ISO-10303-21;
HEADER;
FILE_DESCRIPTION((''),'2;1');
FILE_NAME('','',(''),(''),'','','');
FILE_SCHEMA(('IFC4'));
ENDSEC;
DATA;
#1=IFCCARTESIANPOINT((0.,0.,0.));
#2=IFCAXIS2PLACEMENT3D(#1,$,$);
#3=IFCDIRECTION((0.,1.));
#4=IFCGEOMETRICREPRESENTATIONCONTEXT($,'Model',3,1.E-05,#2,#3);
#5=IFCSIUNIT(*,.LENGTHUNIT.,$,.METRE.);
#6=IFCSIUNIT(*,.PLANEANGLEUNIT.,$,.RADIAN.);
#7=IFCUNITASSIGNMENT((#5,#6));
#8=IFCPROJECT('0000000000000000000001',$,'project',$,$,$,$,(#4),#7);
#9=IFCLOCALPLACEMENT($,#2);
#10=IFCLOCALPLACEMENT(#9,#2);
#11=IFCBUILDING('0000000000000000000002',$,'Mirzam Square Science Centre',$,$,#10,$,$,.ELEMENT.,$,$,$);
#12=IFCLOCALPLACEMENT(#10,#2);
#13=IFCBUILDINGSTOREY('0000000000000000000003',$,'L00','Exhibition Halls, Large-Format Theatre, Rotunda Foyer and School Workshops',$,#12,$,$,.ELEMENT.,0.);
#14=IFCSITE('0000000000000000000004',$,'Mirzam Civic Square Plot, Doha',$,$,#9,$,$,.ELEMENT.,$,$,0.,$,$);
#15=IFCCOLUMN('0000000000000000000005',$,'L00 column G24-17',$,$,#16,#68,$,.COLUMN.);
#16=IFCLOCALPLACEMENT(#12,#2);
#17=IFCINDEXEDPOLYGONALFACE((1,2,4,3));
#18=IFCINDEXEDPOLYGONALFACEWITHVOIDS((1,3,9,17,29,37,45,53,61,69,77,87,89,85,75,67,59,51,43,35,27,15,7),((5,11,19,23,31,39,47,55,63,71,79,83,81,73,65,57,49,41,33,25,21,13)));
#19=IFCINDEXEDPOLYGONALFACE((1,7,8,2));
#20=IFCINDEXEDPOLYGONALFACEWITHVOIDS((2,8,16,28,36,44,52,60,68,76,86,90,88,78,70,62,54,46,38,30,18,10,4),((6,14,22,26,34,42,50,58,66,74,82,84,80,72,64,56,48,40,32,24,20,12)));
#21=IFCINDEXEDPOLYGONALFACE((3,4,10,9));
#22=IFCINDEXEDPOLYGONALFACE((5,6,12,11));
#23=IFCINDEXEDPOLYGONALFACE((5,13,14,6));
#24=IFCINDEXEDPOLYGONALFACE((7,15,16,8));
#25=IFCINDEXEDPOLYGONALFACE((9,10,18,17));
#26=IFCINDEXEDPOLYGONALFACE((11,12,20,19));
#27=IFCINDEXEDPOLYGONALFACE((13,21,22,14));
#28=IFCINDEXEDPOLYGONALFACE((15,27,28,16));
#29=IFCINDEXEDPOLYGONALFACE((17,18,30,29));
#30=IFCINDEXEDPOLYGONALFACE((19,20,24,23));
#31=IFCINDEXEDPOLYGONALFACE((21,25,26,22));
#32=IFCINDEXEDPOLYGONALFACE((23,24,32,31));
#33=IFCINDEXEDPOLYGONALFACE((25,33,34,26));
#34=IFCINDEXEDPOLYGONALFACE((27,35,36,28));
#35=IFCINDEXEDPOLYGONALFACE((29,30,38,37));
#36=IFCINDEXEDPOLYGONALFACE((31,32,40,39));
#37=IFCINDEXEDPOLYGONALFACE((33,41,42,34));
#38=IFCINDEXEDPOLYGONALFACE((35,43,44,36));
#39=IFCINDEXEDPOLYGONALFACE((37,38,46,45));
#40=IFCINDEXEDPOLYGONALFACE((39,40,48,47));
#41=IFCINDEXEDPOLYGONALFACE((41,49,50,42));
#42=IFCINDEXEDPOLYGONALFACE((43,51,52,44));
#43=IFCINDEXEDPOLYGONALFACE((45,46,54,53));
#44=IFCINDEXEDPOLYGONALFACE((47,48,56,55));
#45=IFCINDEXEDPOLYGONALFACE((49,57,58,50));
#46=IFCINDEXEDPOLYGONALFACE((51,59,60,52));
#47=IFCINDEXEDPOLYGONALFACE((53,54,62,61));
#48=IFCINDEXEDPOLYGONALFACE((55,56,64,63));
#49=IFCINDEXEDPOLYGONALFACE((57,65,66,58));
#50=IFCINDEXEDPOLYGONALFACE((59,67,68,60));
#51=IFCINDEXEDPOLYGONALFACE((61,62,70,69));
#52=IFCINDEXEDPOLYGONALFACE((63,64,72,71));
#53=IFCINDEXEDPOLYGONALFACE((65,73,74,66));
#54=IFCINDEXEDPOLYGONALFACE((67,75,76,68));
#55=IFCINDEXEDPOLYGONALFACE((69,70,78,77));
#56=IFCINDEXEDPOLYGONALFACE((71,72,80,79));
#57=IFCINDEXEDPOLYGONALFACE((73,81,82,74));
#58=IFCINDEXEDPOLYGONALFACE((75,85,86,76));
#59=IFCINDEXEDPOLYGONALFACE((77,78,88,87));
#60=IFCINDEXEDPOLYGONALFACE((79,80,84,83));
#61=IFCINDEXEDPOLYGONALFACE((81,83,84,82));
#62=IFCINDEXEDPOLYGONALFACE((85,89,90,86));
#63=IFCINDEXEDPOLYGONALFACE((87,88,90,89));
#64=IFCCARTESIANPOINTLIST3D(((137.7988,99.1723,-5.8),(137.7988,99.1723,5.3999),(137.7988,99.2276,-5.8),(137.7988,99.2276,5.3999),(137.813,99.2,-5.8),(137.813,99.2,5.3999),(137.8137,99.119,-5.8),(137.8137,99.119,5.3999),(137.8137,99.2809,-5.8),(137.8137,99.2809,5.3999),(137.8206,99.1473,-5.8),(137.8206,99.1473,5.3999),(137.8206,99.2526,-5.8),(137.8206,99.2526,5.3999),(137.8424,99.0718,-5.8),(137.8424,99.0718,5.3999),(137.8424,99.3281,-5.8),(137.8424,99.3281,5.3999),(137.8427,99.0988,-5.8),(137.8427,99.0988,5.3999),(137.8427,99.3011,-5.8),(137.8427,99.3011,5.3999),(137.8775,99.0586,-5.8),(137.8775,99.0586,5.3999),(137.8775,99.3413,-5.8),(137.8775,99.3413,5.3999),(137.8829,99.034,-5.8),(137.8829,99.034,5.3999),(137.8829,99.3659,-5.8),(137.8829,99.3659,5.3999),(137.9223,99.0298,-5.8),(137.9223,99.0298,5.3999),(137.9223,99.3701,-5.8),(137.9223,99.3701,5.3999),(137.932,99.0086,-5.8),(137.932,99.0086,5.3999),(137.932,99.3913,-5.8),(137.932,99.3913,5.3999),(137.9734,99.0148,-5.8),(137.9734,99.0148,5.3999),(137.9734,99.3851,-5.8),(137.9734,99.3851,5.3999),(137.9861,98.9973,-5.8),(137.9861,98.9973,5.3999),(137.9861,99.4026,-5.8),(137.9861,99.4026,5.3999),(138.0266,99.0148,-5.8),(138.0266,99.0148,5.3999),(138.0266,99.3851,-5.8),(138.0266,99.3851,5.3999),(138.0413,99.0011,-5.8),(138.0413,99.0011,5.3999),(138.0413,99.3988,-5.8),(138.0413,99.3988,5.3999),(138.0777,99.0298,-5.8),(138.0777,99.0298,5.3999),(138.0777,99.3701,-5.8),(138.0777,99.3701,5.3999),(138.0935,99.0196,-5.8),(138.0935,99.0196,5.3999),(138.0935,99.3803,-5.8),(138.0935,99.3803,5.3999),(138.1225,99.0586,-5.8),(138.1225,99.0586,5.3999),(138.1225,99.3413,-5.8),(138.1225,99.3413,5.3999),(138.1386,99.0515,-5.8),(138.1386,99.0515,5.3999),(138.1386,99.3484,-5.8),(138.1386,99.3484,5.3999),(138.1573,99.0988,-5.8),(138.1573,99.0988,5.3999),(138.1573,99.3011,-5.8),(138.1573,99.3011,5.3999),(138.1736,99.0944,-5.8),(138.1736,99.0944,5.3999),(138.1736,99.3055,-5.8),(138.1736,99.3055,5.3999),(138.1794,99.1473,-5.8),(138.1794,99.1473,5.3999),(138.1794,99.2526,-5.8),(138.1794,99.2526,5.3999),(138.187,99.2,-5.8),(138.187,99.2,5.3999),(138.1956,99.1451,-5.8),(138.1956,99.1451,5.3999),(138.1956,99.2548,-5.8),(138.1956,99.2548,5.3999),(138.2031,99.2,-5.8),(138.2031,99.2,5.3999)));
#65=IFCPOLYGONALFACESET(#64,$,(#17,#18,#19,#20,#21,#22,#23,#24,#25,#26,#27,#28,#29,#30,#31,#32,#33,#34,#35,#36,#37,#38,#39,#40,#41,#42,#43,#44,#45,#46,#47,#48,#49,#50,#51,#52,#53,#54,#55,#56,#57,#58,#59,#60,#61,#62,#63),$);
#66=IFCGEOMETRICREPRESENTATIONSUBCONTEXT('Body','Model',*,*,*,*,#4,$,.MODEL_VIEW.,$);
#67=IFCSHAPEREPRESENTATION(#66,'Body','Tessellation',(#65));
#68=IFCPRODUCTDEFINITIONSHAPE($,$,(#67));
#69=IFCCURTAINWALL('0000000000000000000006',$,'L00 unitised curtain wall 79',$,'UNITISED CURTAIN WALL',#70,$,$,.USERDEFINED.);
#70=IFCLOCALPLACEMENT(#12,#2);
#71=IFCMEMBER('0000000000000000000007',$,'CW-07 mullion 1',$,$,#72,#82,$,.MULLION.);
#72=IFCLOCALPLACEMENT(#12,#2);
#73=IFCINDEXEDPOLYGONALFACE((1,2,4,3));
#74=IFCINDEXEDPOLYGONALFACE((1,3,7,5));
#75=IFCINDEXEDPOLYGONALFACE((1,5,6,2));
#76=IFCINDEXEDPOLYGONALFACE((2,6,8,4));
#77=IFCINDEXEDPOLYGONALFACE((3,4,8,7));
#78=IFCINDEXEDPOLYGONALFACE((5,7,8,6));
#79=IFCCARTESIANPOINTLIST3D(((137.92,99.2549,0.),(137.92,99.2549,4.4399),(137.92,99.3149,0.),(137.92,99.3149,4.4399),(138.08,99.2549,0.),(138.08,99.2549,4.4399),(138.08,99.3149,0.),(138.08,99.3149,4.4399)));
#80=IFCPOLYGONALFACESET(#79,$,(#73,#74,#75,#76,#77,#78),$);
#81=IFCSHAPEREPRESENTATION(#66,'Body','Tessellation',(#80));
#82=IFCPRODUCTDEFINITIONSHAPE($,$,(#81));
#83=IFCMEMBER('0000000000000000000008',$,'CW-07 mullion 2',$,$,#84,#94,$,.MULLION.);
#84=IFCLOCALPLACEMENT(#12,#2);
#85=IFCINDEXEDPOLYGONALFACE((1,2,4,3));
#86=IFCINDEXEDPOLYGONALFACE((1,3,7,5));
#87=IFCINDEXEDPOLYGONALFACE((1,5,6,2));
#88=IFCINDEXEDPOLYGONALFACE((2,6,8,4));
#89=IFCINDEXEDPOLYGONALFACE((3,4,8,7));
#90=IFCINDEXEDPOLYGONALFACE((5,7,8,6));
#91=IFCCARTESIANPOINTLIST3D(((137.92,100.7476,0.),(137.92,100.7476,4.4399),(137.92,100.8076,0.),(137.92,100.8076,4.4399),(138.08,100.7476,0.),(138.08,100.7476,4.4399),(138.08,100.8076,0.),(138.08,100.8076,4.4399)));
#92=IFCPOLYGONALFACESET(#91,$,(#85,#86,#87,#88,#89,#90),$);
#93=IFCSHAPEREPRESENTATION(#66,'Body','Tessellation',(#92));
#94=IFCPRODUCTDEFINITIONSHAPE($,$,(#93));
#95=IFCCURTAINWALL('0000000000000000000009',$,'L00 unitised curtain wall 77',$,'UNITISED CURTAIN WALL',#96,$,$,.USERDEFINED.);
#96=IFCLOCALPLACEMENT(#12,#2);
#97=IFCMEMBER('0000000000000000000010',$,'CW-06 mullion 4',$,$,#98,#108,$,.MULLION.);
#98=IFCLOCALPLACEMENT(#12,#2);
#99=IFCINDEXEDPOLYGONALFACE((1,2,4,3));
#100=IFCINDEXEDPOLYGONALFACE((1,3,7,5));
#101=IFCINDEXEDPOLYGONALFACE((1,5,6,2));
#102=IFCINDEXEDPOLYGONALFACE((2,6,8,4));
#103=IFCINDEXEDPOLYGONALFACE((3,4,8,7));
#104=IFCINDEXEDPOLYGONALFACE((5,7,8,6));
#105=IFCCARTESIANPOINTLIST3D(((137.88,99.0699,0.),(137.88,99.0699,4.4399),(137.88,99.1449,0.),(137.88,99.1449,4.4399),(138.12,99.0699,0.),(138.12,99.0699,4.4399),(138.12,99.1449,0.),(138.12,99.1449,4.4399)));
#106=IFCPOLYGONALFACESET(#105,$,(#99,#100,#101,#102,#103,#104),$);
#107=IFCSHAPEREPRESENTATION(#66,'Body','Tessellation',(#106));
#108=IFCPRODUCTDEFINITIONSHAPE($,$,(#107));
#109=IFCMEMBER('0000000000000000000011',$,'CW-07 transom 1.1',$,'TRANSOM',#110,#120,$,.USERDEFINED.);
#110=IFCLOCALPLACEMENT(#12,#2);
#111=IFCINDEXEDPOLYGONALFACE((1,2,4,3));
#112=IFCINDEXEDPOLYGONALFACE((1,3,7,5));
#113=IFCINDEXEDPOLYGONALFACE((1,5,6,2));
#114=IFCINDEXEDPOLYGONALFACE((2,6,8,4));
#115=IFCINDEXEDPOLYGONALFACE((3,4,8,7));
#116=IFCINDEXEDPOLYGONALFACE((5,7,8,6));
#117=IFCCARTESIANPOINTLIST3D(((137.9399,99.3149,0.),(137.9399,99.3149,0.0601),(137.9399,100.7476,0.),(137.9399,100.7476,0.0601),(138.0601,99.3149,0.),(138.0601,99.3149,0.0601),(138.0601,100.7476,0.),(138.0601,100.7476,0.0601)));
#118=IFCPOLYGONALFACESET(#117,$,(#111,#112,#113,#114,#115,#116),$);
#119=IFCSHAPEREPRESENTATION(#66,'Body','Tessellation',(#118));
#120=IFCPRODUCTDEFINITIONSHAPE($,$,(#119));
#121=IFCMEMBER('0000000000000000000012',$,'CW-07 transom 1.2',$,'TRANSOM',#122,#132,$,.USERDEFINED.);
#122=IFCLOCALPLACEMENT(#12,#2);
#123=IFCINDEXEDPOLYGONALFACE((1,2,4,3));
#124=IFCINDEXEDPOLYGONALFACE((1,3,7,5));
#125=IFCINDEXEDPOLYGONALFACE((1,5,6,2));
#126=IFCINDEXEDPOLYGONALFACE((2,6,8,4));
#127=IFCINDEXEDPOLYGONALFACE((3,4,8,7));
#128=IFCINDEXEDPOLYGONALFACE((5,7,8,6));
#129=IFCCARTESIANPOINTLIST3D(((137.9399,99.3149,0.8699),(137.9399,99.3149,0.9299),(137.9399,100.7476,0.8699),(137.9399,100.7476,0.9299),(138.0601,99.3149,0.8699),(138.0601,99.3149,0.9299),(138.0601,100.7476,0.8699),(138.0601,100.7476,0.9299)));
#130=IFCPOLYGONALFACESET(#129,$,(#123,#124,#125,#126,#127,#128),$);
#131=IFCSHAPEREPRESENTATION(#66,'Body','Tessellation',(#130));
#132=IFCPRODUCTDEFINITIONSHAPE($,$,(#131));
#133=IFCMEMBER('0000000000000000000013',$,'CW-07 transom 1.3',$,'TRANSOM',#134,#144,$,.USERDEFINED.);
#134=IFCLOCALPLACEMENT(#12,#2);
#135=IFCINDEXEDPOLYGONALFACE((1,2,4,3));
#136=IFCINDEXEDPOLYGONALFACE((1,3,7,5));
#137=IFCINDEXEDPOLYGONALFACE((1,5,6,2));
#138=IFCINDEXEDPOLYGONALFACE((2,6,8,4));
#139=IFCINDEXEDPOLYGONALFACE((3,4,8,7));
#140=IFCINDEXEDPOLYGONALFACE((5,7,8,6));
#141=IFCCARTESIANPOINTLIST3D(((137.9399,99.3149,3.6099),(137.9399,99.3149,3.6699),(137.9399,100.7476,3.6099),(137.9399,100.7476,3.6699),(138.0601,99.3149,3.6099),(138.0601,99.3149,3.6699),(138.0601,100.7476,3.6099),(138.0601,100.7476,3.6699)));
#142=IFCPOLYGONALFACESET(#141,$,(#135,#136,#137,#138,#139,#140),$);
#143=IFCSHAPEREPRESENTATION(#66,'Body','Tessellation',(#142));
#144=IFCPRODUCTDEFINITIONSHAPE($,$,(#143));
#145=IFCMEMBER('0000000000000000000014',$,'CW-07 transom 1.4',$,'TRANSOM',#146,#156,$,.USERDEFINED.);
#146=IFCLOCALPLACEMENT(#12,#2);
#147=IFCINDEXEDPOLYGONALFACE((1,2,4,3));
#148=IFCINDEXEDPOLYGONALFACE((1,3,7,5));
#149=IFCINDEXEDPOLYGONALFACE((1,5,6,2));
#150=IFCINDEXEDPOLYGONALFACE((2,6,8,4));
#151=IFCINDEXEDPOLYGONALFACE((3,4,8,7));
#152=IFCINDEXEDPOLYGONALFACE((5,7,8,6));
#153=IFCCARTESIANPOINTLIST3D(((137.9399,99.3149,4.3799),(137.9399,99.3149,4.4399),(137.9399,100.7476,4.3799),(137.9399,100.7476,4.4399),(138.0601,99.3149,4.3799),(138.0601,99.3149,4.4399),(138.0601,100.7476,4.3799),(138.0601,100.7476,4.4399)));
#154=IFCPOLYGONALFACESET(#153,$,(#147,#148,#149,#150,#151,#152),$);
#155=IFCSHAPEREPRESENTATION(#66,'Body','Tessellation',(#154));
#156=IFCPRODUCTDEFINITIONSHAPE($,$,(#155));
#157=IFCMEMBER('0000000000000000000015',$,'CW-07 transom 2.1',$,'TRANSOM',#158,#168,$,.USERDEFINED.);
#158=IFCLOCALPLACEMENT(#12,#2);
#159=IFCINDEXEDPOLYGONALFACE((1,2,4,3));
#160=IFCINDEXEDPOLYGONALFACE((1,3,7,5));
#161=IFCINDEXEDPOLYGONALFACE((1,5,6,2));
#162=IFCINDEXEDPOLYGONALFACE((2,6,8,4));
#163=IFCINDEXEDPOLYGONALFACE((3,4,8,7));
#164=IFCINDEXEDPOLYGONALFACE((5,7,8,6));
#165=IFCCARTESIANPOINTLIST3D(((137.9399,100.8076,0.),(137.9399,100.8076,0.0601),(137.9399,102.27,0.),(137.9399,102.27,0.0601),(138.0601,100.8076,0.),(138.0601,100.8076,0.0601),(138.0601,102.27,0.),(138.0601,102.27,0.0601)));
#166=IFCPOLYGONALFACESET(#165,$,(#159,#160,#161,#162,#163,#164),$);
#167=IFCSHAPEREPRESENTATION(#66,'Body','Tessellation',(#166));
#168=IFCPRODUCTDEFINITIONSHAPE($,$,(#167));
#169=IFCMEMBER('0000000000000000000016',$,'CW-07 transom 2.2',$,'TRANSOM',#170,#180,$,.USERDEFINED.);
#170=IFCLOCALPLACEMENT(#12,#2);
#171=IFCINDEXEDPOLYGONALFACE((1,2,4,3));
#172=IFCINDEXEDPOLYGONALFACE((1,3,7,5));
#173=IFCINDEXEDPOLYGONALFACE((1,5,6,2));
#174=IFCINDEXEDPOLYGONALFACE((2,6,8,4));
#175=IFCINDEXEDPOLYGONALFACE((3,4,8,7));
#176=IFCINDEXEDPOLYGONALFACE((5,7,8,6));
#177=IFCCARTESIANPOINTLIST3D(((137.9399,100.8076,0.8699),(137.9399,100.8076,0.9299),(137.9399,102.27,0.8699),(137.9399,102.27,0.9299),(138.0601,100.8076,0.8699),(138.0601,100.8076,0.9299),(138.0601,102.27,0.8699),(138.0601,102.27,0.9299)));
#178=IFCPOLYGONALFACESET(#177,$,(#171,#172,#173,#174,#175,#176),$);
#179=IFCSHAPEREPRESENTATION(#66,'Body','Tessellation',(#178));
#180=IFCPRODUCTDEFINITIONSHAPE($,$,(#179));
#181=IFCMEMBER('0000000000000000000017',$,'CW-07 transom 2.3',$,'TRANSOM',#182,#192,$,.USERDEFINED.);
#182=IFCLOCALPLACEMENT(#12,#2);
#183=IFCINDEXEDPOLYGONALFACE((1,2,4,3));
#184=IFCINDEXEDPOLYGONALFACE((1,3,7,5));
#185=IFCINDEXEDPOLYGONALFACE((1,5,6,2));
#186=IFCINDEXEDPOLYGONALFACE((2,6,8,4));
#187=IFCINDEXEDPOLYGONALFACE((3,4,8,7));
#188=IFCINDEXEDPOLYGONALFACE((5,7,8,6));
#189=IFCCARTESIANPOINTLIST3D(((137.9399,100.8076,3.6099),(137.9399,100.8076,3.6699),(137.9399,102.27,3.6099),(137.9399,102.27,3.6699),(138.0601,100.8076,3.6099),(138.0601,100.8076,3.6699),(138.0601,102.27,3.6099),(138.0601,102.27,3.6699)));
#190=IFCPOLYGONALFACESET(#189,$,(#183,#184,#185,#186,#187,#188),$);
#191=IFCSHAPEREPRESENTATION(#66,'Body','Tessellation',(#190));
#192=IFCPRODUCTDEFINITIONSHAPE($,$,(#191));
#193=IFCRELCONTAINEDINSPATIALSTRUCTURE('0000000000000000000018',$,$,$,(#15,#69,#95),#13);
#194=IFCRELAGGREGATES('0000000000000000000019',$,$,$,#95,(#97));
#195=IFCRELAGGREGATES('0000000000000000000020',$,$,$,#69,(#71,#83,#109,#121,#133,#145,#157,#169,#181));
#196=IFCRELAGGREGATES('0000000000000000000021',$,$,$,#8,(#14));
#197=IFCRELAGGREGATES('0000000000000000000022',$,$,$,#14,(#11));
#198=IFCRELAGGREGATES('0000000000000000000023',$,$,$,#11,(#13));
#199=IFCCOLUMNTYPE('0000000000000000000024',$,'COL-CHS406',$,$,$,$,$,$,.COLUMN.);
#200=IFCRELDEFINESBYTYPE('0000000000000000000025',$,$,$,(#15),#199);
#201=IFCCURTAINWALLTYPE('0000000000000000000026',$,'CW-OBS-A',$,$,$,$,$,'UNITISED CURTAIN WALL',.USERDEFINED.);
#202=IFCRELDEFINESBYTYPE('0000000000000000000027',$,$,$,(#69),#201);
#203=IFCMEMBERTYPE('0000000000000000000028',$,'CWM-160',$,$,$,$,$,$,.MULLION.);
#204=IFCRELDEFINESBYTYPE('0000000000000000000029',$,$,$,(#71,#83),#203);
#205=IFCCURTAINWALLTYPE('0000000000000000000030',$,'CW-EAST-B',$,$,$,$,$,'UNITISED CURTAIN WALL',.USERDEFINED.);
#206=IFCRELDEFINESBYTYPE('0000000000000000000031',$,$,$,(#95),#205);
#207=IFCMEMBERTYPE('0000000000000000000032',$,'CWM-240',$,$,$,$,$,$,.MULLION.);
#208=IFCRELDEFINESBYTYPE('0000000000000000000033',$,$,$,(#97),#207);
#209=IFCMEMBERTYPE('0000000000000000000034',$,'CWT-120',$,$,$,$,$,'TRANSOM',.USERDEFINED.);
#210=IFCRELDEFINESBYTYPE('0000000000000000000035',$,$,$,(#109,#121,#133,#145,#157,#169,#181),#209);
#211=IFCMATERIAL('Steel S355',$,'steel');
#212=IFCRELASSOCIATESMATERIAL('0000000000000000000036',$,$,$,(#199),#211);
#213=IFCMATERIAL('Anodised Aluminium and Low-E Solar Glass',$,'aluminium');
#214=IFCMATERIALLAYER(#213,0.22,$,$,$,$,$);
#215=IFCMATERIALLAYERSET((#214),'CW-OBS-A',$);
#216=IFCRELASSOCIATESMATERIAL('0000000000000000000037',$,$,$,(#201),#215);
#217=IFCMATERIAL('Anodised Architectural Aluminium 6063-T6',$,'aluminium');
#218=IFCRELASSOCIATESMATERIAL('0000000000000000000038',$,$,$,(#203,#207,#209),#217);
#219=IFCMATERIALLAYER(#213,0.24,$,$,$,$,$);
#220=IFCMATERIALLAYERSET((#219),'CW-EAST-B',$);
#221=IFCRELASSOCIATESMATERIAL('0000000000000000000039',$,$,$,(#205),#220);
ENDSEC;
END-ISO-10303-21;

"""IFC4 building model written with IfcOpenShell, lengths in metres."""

from ifc_helpers import new_model, si_unit, direction, frame, origin, origin_2d, place, context, subcontext, project, spatial, rectangle, hollow_circle, extrude, material, layer, layer_set, material_profile, profile_set, type_object, element, aggregate, save


model = new_model("IFC4")

# Units and contexts
model_context = context("Model", 3, precision=1e-05, world=origin(), true_north=direction((0.0, 1.0)))
body_context = subcontext(model_context, "Body", "Model", "MODEL_VIEW")
ifc_project = project(units=[si_unit("LENGTHUNIT", "METRE"), si_unit("PLANEANGLEUNIT", "RADIAN")], contexts=[model_context])

# Site, building, storey
site_placement = place(None, origin())
site = spatial("IfcSite", under=ifc_project, at=site_placement, Name="Mirzam Civic Square Plot, Doha", CompositionType="ELEMENT", RefElevation=0.0)
building_placement = place(site_placement, origin())
building = spatial("IfcBuilding", under=site, at=building_placement, Name="Mirzam Square Science Centre", CompositionType="ELEMENT")
storey_placement = place(building_placement, origin())
storey = spatial("IfcBuildingStorey", under=building, at=storey_placement, Name="L00", Description="Exhibition Halls, Large-Format Theatre, Rotunda Foyer and School Workshops", CompositionType="ELEMENT", Elevation=0.0)

# Column
ifc_material_1 = material(Name="Steel S355", Category="steel")
ifc_material_profile_1 = material_profile(ifc_material_1, hollow_circle(Radius=0.2031, WallThickness=0.0161, at=origin_2d()), Name="406.4x16.0CHS")
ifc_profile_set_1 = profile_set([ifc_material_profile_1], Name="Steel S355")
column_type = type_object("IfcColumnType", Name="COL-CHS406", PredefinedType="COLUMN", material=ifc_profile_set_1)
column_placement = place(storey_placement, frame((138.0, 99.2, -5.8), z_axis=(0.0, 0.0, 1.0), x_axis=(1.0, 0.0, 0.0)))
element("IfcColumn", 1, at=column_placement, inside=storey, type_object=column_type, Name="L00 column G24-17", PredefinedType="COLUMN", context=body_context, shape_type="SweptSolid", body=[
    extrude(hollow_circle(Radius=0.2031, WallThickness=0.0161, at=origin_2d()), origin(), (0.0, 0.0, 1.0), 11.2),
])

# Curtain wall, members
ifc_material_2 = material(Name="Anodised Aluminium and Low-E Solar Glass", Category="aluminium")
ifc_layer_1 = layer(ifc_material_2, 0.22)
ifc_layer_set_1 = layer_set([ifc_layer_1], Name="CW-OBS-A")
curtain_wall_type_1 = type_object("IfcCurtainWallType", Name="CW-OBS-A", ElementType="UNITISED CURTAIN WALL", PredefinedType="USERDEFINED", material=ifc_layer_set_1)
curtain_wall_1_placement = place(storey_placement, origin())
curtain_wall_1 = element("IfcCurtainWall", 2, at=curtain_wall_1_placement, inside=storey, type_object=curtain_wall_type_1, Name="L00 unitised curtain wall 79", ObjectType="UNITISED CURTAIN WALL", PredefinedType="USERDEFINED")
ifc_material_3 = material(Name="Anodised Architectural Aluminium 6063-T6", Category="aluminium")
ifc_material_profile_2 = material_profile(ifc_material_3, rectangle(XDim=0.0601, YDim=0.1599, at=origin_2d()), Name="ALU-MULL-160x60x4")
ifc_profile_set_2 = profile_set([ifc_material_profile_2], Name="Anodised Architectural Aluminium 6063-T6")
member_type_1 = type_object("IfcMemberType", Name="CWM-160", PredefinedType="MULLION", material=ifc_profile_set_2)
member_1_placement = place(storey_placement, frame((138.0, 99.2849, 0.0), z_axis=(0.0, 0.0, 1.0), x_axis=(0.0, 1.0, 0.0)))
member_1 = element("IfcMember", 3, at=member_1_placement, type_object=member_type_1, Name="CW-07 mullion 1", PredefinedType="MULLION", context=body_context, shape_type="SweptSolid", body=[
    extrude(rectangle(XDim=0.0601, YDim=0.1599, at=origin_2d()), origin(), (0.0, 0.0, 1.0), 4.4399),
])
member_2_placement = place(storey_placement, frame((138.0, 100.7776, 0.0), z_axis=(0.0, 0.0, 1.0), x_axis=(0.0, 1.0, 0.0)))
member_2 = element("IfcMember", 4, at=member_2_placement, type_object=member_type_1, Name="CW-07 mullion 2", PredefinedType="MULLION", context=body_context, shape_type="SweptSolid", body=[
    extrude(rectangle(XDim=0.0601, YDim=0.1599, at=origin_2d()), origin(), (0.0, 0.0, 1.0), 4.4399),
])

# Curtain wall, member
ifc_layer_2 = layer(ifc_material_2, 0.24)
ifc_layer_set_2 = layer_set([ifc_layer_2], Name="CW-EAST-B")
curtain_wall_type_2 = type_object("IfcCurtainWallType", Name="CW-EAST-B", ElementType="UNITISED CURTAIN WALL", PredefinedType="USERDEFINED", material=ifc_layer_set_2)
curtain_wall_2_placement = place(storey_placement, origin())
curtain_wall_2 = element("IfcCurtainWall", 5, at=curtain_wall_2_placement, inside=storey, type_object=curtain_wall_type_2, Name="L00 unitised curtain wall 77", ObjectType="UNITISED CURTAIN WALL", PredefinedType="USERDEFINED")
ifc_material_profile_3 = material_profile(ifc_material_3, rectangle(XDim=0.075, YDim=0.24, at=origin_2d()), Name="ALU-MULL-240x75x5")
ifc_profile_set_3 = profile_set([ifc_material_profile_3], Name="Anodised Architectural Aluminium 6063-T6")
member_type_2 = type_object("IfcMemberType", Name="CWM-240", PredefinedType="MULLION", material=ifc_profile_set_3)
member_3_placement = place(storey_placement, frame((138.0, 99.1074, 0.0), z_axis=(0.0, 0.0, 1.0), x_axis=(0.0, 1.0, 0.0)))
member_3 = element("IfcMember", 6, at=member_3_placement, type_object=member_type_2, Name="CW-06 mullion 4", PredefinedType="MULLION", context=body_context, shape_type="SweptSolid", body=[
    extrude(rectangle(XDim=0.075, YDim=0.24, at=origin_2d()), origin(), (0.0, 0.0, 1.0), 4.4399),
])

# Members
ifc_material_profile_4 = material_profile(ifc_material_3, rectangle(XDim=0.1201, YDim=0.0601, at=origin_2d()), Name="ALU-TRAN-120x60x4")
ifc_profile_set_4 = profile_set([ifc_material_profile_4], Name="Anodised Architectural Aluminium 6063-T6")
member_type_3 = type_object("IfcMemberType", Name="CWT-120", ElementType="TRANSOM", PredefinedType="USERDEFINED", material=ifc_profile_set_4)
member_4_placement = place(storey_placement, frame((138.0, 99.3149, 0.03), z_axis=(0.0, 1.0, 0.0), x_axis=(-1.0, 0.0, 0.0)))
member_4 = element("IfcMember", 7, at=member_4_placement, type_object=member_type_3, Name="CW-07 transom 1.1", ObjectType="TRANSOM", PredefinedType="USERDEFINED", context=body_context, shape_type="SweptSolid", body=[
    extrude(rectangle(XDim=0.1201, YDim=0.0601, at=origin_2d()), origin(), (0.0, 0.0, 1.0), 1.4326),
])
member_5_placement = place(storey_placement, frame((138.0, 99.3149, 0.8999), z_axis=(0.0, 1.0, 0.0), x_axis=(-1.0, 0.0, 0.0)))
member_5 = element("IfcMember", 8, at=member_5_placement, type_object=member_type_3, Name="CW-07 transom 1.2", ObjectType="TRANSOM", PredefinedType="USERDEFINED", context=body_context, shape_type="SweptSolid", body=[
    extrude(rectangle(XDim=0.1201, YDim=0.0601, at=origin_2d()), origin(), (0.0, 0.0, 1.0), 1.4326),
])
member_6_placement = place(storey_placement, frame((138.0, 99.3149, 3.6399), z_axis=(0.0, 1.0, 0.0), x_axis=(-1.0, 0.0, 0.0)))
member_6 = element("IfcMember", 9, at=member_6_placement, type_object=member_type_3, Name="CW-07 transom 1.3", ObjectType="TRANSOM", PredefinedType="USERDEFINED", context=body_context, shape_type="SweptSolid", body=[
    extrude(rectangle(XDim=0.1201, YDim=0.0601, at=origin_2d()), origin(), (0.0, 0.0, 1.0), 1.4326),
])
member_7_placement = place(storey_placement, frame((138.0, 99.3149, 4.4099), z_axis=(0.0, 1.0, 0.0), x_axis=(-1.0, 0.0, 0.0)))
member_7 = element("IfcMember", 10, at=member_7_placement, type_object=member_type_3, Name="CW-07 transom 1.4", ObjectType="TRANSOM", PredefinedType="USERDEFINED", context=body_context, shape_type="SweptSolid", body=[
    extrude(rectangle(XDim=0.1201, YDim=0.0601, at=origin_2d()), origin(), (0.0, 0.0, 1.0), 1.4326),
])
member_8_placement = place(storey_placement, frame((138.0, 100.8076, 0.03), z_axis=(0.0, 1.0, 0.0), x_axis=(-1.0, 0.0, 0.0)))
member_8 = element("IfcMember", 11, at=member_8_placement, type_object=member_type_3, Name="CW-07 transom 2.1", ObjectType="TRANSOM", PredefinedType="USERDEFINED", context=body_context, shape_type="SweptSolid", body=[
    extrude(rectangle(XDim=0.1201, YDim=0.0601, at=origin_2d()), origin(), (0.0, 0.0, 1.0), 1.4624),
])
member_9_placement = place(storey_placement, frame((138.0, 100.8076, 0.8999), z_axis=(0.0, 1.0, 0.0), x_axis=(-1.0, 0.0, 0.0)))
member_9 = element("IfcMember", 12, at=member_9_placement, type_object=member_type_3, Name="CW-07 transom 2.2", ObjectType="TRANSOM", PredefinedType="USERDEFINED", context=body_context, shape_type="SweptSolid", body=[
    extrude(rectangle(XDim=0.1201, YDim=0.0601, at=origin_2d()), origin(), (0.0, 0.0, 1.0), 1.4624),
])
member_10_placement = place(storey_placement, frame((138.0, 100.8076, 3.6399), z_axis=(0.0, 1.0, 0.0), x_axis=(-1.0, 0.0, 0.0)))
member_10 = element("IfcMember", 13, at=member_10_placement, type_object=member_type_3, Name="CW-07 transom 2.3", ObjectType="TRANSOM", PredefinedType="USERDEFINED", context=body_context, shape_type="SweptSolid", body=[
    extrude(rectangle(XDim=0.1201, YDim=0.0601, at=origin_2d()), origin(), (0.0, 0.0, 1.0), 1.4624),
])

aggregate(curtain_wall_2, [member_3])
aggregate(curtain_wall_1, [member_1, member_2, member_4, member_5, member_6, member_7, member_8, member_9, member_10])

save(model, "model.ifc")
